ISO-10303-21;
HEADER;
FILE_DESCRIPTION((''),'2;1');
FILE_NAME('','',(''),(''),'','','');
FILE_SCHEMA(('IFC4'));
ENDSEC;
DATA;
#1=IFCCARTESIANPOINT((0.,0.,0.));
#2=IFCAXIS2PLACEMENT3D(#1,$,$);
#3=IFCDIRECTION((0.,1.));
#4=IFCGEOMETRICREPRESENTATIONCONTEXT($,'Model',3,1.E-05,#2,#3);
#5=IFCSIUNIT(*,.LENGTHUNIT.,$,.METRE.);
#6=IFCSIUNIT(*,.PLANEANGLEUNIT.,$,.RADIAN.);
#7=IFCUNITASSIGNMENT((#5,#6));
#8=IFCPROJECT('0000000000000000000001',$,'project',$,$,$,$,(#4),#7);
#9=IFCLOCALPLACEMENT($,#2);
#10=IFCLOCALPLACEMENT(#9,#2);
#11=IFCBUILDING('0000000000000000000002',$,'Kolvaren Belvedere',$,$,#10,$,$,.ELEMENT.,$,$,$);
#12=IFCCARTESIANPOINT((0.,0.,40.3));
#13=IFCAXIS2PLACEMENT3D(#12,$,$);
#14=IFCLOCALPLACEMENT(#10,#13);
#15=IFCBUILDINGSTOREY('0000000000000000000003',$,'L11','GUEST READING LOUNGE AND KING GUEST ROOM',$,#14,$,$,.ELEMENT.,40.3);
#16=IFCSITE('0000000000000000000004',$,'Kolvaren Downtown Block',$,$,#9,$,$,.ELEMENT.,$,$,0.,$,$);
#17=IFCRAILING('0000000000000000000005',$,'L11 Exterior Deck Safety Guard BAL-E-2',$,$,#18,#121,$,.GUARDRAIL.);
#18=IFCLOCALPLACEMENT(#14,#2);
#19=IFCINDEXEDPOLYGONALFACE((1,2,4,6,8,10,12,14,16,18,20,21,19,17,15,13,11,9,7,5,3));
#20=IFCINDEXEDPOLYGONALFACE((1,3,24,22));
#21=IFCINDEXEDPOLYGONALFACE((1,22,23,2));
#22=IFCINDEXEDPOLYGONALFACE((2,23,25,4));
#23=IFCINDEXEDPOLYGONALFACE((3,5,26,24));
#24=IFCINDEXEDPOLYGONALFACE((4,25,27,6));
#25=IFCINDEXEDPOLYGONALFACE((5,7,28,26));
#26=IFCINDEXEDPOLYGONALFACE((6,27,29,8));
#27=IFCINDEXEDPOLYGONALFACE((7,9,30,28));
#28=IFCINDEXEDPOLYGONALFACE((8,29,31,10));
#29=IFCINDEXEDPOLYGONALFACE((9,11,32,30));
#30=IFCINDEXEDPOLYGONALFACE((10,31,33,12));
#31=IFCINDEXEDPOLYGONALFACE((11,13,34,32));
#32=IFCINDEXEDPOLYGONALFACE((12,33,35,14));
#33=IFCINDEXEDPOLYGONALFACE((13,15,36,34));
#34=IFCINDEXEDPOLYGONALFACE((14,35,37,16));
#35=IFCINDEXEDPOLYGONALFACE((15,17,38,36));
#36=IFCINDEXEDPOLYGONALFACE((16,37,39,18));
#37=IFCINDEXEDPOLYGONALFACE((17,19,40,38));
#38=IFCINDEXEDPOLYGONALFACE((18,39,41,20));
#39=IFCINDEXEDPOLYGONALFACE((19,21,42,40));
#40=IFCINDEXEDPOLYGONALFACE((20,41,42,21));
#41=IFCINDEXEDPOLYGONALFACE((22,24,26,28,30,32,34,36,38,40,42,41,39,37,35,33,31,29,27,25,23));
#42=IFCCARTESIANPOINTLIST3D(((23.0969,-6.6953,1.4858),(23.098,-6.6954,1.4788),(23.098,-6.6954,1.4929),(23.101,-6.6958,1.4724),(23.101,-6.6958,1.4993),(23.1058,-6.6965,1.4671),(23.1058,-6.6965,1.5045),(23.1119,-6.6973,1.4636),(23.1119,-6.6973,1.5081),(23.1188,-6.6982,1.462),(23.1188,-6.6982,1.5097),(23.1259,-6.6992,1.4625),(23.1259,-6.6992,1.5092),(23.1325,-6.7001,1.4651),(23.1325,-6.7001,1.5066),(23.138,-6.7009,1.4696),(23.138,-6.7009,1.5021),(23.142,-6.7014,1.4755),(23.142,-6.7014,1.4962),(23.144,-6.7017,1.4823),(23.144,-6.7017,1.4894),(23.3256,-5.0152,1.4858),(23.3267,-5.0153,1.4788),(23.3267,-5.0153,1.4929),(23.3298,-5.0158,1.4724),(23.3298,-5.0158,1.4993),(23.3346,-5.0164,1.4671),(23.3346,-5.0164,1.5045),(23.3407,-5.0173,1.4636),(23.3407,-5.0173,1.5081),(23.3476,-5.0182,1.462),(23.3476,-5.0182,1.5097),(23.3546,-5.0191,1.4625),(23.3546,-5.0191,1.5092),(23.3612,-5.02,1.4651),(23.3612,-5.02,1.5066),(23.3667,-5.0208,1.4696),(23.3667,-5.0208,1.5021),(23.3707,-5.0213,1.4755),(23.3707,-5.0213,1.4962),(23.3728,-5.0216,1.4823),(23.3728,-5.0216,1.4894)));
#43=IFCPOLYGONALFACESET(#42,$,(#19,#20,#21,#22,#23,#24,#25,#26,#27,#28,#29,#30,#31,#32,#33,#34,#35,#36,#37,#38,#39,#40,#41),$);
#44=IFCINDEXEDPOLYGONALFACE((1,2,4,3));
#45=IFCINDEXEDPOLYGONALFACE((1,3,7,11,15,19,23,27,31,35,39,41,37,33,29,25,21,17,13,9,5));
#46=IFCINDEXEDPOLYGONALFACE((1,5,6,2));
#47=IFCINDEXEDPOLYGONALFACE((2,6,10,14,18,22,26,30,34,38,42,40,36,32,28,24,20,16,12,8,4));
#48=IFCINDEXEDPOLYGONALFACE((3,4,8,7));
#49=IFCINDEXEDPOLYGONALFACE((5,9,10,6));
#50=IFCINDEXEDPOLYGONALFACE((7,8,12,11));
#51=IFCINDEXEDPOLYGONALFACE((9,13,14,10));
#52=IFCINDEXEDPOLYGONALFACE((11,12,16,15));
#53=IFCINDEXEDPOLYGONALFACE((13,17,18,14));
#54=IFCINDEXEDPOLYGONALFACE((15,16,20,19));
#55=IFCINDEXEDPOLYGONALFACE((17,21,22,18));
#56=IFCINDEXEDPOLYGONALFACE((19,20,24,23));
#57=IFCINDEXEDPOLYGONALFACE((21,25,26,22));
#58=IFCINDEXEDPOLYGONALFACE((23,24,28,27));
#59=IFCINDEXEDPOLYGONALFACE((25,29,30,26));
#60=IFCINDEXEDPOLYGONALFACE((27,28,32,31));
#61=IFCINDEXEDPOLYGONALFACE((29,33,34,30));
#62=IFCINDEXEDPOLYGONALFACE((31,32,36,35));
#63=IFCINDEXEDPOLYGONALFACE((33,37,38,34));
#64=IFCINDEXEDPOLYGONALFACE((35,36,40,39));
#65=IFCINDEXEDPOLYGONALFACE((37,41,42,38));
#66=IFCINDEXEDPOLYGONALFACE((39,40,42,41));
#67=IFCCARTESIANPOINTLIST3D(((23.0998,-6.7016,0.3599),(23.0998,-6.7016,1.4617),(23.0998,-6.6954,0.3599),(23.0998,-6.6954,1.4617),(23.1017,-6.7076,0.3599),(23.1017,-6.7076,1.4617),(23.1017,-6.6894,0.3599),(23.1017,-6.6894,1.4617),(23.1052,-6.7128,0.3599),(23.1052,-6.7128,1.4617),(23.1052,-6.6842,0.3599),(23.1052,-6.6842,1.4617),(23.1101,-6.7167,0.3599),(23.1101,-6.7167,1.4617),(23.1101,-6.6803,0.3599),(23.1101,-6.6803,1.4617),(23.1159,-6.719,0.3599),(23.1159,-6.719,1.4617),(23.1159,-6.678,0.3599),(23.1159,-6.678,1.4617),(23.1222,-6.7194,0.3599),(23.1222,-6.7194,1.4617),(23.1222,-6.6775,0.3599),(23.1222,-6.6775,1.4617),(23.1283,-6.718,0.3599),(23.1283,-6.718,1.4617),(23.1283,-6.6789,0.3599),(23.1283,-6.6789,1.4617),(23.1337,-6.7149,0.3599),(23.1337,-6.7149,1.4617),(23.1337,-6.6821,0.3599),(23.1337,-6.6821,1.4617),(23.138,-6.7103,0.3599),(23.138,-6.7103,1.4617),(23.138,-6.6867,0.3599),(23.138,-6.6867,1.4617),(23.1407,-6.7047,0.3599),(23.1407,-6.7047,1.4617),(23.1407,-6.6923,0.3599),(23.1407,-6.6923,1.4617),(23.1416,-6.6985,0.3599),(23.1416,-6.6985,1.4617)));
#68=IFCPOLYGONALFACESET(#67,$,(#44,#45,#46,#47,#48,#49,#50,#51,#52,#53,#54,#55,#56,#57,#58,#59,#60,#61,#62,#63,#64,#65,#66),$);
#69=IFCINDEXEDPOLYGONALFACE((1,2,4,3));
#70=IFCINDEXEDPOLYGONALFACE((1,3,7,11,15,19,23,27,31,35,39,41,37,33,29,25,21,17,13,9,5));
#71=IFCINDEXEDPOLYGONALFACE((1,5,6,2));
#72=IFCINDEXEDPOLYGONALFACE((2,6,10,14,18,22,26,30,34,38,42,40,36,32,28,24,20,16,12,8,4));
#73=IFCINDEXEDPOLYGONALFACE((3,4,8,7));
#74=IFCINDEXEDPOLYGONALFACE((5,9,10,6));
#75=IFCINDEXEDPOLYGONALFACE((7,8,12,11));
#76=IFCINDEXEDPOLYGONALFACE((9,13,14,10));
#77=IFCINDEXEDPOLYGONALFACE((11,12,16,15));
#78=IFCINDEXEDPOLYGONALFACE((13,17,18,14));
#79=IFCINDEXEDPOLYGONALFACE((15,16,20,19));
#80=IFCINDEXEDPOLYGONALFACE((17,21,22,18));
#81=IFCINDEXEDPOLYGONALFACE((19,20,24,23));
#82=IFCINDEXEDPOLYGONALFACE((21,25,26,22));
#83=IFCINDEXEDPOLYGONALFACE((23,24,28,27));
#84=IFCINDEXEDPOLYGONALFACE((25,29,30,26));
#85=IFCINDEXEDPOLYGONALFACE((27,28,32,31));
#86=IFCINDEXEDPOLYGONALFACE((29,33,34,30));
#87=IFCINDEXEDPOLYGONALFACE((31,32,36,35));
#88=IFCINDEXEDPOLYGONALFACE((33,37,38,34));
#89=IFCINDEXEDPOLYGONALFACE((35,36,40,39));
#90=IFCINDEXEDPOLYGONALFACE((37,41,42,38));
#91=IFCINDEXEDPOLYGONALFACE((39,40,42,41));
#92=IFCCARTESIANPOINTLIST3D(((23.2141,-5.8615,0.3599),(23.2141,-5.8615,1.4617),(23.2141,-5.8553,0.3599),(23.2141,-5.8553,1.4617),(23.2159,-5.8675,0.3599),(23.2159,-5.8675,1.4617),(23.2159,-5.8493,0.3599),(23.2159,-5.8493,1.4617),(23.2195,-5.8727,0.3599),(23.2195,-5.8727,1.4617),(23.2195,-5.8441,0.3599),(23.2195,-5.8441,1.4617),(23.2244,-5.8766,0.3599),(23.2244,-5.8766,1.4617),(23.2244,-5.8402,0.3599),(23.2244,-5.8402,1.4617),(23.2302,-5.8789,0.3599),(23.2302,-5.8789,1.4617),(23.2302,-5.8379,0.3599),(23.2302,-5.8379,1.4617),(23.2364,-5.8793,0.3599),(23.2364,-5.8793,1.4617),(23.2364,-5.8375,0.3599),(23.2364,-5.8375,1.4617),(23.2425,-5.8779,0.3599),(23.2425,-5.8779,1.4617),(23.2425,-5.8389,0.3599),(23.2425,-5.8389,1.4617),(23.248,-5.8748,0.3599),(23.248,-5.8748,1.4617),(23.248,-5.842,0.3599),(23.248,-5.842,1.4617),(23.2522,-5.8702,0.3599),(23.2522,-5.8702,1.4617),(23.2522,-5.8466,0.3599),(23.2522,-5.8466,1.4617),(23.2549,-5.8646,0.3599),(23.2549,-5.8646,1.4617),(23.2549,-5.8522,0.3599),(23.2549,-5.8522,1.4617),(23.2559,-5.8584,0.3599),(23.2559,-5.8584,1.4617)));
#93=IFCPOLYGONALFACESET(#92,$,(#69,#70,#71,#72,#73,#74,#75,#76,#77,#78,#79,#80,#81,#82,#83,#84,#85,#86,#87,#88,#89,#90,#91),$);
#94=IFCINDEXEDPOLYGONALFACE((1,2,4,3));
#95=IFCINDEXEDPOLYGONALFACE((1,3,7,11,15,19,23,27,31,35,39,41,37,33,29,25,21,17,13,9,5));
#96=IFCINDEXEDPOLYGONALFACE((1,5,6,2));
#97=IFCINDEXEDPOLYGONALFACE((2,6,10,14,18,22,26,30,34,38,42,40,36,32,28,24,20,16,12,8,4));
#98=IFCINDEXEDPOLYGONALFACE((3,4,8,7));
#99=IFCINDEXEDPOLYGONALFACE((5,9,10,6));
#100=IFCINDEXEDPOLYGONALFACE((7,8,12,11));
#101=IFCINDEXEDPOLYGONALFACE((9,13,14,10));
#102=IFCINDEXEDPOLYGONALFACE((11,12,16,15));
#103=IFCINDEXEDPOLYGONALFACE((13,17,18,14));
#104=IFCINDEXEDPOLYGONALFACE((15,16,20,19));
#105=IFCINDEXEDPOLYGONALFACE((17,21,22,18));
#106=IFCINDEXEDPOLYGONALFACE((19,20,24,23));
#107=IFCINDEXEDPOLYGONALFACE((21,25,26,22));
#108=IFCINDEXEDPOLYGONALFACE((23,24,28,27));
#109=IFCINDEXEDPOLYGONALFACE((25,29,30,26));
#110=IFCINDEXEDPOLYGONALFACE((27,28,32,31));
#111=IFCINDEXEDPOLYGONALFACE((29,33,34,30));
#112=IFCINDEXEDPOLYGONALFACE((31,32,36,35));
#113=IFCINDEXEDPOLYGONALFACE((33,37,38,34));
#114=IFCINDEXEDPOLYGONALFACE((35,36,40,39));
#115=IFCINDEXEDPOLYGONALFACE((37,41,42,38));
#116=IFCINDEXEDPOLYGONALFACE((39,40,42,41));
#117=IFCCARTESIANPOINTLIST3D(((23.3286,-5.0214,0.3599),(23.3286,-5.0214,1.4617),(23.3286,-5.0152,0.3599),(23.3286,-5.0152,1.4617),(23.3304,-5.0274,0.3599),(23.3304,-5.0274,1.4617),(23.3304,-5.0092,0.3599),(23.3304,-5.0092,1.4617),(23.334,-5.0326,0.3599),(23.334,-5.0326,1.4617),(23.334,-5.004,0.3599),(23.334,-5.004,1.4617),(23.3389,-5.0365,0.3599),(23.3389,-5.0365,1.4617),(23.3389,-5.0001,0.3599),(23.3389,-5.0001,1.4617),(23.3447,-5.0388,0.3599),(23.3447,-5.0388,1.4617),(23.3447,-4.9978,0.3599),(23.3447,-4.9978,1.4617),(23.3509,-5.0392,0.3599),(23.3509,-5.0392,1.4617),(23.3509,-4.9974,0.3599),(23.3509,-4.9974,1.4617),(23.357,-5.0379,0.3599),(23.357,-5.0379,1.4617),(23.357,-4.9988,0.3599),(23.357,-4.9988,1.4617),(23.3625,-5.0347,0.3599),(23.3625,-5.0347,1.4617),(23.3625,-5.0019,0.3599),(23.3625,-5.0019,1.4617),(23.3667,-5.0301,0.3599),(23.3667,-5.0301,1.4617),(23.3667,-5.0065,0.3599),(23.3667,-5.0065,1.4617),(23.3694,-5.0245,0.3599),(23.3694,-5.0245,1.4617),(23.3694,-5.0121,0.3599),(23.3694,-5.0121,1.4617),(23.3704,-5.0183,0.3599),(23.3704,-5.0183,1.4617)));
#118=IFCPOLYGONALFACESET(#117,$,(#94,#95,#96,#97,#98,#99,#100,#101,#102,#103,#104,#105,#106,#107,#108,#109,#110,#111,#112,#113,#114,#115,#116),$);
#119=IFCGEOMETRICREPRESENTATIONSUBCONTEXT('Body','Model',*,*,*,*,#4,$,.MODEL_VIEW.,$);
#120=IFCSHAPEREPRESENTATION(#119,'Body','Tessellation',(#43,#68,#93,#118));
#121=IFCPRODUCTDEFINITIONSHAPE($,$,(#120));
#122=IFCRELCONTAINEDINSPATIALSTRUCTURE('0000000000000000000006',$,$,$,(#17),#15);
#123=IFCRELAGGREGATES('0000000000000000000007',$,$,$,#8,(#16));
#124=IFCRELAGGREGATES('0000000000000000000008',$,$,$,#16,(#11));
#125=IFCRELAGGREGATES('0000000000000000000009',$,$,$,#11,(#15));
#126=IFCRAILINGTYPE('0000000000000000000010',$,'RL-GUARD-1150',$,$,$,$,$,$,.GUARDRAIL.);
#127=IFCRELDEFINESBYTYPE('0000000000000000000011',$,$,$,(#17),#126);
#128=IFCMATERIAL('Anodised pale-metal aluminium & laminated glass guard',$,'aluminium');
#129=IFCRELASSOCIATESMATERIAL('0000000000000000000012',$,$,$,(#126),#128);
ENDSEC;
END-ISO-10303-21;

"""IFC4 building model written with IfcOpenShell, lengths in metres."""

from ifc_helpers import new_model, si_unit, direction, frame, origin, origin_2d, place, context, subcontext, project, spatial, circle, extrude, material, type_object, element, save


model = new_model("IFC4")

# Units and contexts
model_context = context("Model", 3, precision=1e-05, world=origin(), true_north=direction((0.0, 1.0)))
body_context = subcontext(model_context, "Body", "Model", "MODEL_VIEW")
ifc_project = project(units=[si_unit("LENGTHUNIT", "METRE"), si_unit("PLANEANGLEUNIT", "RADIAN")], contexts=[model_context])

# Site, building, storey
site_placement = place(None, origin())
site = spatial("IfcSite", under=ifc_project, at=site_placement, Name="Kolvaren Downtown Block", CompositionType="ELEMENT", RefElevation=0.0)
building_placement = place(site_placement, origin())
building = spatial("IfcBuilding", under=site, at=building_placement, Name="Kolvaren Belvedere", CompositionType="ELEMENT")
storey_placement = place(building_placement, frame((0.0, 0.0, 40.3)))
storey = spatial("IfcBuildingStorey", under=building, at=storey_placement, Name="L11", Description="GUEST READING LOUNGE AND KING GUEST ROOM", CompositionType="ELEMENT", Elevation=40.3)

# Railing
ifc_material_1 = material(Name="Anodised pale-metal aluminium & laminated glass guard", Category="aluminium")
railing_type = type_object("IfcRailingType", Name="RL-GUARD-1150", PredefinedType="GUARDRAIL", material=ifc_material_1)
railing_1_placement = place(storey_placement, frame((23.1206, -6.6985, 0.3599)))
element("IfcRailing", 1, at=railing_1_placement, inside=storey, type_object=railing_type, Name="L11 Exterior Deck Safety Guard BAL-E-2", PredefinedType="GUARDRAIL", context=body_context, shape_type="SweptSolid", body=[
    extrude(circle(Radius=0.0239, at=origin_2d()), frame((0.0, 0.0, 1.126), z_axis=(0.134908, 0.990858, 0.0), x_axis=(-0.990858, 0.134908, 0.0)), (0.0, 0.0, 1.0), 1.6956),
    extrude(circle(Radius=0.021, at=origin_2d()), origin(), (0.0, 0.0, 1.0), 1.1018),
    extrude(circle(Radius=0.021, at=origin_2d()), frame((0.1143, 0.8401, 0.0)), (0.0, 0.0, 1.0), 1.1018),
    extrude(circle(Radius=0.021, at=origin_2d()), frame((0.2288, 1.6802, 0.0)), (0.0, 0.0, 1.0), 1.1018),
])

save(model, "model.ifc")
